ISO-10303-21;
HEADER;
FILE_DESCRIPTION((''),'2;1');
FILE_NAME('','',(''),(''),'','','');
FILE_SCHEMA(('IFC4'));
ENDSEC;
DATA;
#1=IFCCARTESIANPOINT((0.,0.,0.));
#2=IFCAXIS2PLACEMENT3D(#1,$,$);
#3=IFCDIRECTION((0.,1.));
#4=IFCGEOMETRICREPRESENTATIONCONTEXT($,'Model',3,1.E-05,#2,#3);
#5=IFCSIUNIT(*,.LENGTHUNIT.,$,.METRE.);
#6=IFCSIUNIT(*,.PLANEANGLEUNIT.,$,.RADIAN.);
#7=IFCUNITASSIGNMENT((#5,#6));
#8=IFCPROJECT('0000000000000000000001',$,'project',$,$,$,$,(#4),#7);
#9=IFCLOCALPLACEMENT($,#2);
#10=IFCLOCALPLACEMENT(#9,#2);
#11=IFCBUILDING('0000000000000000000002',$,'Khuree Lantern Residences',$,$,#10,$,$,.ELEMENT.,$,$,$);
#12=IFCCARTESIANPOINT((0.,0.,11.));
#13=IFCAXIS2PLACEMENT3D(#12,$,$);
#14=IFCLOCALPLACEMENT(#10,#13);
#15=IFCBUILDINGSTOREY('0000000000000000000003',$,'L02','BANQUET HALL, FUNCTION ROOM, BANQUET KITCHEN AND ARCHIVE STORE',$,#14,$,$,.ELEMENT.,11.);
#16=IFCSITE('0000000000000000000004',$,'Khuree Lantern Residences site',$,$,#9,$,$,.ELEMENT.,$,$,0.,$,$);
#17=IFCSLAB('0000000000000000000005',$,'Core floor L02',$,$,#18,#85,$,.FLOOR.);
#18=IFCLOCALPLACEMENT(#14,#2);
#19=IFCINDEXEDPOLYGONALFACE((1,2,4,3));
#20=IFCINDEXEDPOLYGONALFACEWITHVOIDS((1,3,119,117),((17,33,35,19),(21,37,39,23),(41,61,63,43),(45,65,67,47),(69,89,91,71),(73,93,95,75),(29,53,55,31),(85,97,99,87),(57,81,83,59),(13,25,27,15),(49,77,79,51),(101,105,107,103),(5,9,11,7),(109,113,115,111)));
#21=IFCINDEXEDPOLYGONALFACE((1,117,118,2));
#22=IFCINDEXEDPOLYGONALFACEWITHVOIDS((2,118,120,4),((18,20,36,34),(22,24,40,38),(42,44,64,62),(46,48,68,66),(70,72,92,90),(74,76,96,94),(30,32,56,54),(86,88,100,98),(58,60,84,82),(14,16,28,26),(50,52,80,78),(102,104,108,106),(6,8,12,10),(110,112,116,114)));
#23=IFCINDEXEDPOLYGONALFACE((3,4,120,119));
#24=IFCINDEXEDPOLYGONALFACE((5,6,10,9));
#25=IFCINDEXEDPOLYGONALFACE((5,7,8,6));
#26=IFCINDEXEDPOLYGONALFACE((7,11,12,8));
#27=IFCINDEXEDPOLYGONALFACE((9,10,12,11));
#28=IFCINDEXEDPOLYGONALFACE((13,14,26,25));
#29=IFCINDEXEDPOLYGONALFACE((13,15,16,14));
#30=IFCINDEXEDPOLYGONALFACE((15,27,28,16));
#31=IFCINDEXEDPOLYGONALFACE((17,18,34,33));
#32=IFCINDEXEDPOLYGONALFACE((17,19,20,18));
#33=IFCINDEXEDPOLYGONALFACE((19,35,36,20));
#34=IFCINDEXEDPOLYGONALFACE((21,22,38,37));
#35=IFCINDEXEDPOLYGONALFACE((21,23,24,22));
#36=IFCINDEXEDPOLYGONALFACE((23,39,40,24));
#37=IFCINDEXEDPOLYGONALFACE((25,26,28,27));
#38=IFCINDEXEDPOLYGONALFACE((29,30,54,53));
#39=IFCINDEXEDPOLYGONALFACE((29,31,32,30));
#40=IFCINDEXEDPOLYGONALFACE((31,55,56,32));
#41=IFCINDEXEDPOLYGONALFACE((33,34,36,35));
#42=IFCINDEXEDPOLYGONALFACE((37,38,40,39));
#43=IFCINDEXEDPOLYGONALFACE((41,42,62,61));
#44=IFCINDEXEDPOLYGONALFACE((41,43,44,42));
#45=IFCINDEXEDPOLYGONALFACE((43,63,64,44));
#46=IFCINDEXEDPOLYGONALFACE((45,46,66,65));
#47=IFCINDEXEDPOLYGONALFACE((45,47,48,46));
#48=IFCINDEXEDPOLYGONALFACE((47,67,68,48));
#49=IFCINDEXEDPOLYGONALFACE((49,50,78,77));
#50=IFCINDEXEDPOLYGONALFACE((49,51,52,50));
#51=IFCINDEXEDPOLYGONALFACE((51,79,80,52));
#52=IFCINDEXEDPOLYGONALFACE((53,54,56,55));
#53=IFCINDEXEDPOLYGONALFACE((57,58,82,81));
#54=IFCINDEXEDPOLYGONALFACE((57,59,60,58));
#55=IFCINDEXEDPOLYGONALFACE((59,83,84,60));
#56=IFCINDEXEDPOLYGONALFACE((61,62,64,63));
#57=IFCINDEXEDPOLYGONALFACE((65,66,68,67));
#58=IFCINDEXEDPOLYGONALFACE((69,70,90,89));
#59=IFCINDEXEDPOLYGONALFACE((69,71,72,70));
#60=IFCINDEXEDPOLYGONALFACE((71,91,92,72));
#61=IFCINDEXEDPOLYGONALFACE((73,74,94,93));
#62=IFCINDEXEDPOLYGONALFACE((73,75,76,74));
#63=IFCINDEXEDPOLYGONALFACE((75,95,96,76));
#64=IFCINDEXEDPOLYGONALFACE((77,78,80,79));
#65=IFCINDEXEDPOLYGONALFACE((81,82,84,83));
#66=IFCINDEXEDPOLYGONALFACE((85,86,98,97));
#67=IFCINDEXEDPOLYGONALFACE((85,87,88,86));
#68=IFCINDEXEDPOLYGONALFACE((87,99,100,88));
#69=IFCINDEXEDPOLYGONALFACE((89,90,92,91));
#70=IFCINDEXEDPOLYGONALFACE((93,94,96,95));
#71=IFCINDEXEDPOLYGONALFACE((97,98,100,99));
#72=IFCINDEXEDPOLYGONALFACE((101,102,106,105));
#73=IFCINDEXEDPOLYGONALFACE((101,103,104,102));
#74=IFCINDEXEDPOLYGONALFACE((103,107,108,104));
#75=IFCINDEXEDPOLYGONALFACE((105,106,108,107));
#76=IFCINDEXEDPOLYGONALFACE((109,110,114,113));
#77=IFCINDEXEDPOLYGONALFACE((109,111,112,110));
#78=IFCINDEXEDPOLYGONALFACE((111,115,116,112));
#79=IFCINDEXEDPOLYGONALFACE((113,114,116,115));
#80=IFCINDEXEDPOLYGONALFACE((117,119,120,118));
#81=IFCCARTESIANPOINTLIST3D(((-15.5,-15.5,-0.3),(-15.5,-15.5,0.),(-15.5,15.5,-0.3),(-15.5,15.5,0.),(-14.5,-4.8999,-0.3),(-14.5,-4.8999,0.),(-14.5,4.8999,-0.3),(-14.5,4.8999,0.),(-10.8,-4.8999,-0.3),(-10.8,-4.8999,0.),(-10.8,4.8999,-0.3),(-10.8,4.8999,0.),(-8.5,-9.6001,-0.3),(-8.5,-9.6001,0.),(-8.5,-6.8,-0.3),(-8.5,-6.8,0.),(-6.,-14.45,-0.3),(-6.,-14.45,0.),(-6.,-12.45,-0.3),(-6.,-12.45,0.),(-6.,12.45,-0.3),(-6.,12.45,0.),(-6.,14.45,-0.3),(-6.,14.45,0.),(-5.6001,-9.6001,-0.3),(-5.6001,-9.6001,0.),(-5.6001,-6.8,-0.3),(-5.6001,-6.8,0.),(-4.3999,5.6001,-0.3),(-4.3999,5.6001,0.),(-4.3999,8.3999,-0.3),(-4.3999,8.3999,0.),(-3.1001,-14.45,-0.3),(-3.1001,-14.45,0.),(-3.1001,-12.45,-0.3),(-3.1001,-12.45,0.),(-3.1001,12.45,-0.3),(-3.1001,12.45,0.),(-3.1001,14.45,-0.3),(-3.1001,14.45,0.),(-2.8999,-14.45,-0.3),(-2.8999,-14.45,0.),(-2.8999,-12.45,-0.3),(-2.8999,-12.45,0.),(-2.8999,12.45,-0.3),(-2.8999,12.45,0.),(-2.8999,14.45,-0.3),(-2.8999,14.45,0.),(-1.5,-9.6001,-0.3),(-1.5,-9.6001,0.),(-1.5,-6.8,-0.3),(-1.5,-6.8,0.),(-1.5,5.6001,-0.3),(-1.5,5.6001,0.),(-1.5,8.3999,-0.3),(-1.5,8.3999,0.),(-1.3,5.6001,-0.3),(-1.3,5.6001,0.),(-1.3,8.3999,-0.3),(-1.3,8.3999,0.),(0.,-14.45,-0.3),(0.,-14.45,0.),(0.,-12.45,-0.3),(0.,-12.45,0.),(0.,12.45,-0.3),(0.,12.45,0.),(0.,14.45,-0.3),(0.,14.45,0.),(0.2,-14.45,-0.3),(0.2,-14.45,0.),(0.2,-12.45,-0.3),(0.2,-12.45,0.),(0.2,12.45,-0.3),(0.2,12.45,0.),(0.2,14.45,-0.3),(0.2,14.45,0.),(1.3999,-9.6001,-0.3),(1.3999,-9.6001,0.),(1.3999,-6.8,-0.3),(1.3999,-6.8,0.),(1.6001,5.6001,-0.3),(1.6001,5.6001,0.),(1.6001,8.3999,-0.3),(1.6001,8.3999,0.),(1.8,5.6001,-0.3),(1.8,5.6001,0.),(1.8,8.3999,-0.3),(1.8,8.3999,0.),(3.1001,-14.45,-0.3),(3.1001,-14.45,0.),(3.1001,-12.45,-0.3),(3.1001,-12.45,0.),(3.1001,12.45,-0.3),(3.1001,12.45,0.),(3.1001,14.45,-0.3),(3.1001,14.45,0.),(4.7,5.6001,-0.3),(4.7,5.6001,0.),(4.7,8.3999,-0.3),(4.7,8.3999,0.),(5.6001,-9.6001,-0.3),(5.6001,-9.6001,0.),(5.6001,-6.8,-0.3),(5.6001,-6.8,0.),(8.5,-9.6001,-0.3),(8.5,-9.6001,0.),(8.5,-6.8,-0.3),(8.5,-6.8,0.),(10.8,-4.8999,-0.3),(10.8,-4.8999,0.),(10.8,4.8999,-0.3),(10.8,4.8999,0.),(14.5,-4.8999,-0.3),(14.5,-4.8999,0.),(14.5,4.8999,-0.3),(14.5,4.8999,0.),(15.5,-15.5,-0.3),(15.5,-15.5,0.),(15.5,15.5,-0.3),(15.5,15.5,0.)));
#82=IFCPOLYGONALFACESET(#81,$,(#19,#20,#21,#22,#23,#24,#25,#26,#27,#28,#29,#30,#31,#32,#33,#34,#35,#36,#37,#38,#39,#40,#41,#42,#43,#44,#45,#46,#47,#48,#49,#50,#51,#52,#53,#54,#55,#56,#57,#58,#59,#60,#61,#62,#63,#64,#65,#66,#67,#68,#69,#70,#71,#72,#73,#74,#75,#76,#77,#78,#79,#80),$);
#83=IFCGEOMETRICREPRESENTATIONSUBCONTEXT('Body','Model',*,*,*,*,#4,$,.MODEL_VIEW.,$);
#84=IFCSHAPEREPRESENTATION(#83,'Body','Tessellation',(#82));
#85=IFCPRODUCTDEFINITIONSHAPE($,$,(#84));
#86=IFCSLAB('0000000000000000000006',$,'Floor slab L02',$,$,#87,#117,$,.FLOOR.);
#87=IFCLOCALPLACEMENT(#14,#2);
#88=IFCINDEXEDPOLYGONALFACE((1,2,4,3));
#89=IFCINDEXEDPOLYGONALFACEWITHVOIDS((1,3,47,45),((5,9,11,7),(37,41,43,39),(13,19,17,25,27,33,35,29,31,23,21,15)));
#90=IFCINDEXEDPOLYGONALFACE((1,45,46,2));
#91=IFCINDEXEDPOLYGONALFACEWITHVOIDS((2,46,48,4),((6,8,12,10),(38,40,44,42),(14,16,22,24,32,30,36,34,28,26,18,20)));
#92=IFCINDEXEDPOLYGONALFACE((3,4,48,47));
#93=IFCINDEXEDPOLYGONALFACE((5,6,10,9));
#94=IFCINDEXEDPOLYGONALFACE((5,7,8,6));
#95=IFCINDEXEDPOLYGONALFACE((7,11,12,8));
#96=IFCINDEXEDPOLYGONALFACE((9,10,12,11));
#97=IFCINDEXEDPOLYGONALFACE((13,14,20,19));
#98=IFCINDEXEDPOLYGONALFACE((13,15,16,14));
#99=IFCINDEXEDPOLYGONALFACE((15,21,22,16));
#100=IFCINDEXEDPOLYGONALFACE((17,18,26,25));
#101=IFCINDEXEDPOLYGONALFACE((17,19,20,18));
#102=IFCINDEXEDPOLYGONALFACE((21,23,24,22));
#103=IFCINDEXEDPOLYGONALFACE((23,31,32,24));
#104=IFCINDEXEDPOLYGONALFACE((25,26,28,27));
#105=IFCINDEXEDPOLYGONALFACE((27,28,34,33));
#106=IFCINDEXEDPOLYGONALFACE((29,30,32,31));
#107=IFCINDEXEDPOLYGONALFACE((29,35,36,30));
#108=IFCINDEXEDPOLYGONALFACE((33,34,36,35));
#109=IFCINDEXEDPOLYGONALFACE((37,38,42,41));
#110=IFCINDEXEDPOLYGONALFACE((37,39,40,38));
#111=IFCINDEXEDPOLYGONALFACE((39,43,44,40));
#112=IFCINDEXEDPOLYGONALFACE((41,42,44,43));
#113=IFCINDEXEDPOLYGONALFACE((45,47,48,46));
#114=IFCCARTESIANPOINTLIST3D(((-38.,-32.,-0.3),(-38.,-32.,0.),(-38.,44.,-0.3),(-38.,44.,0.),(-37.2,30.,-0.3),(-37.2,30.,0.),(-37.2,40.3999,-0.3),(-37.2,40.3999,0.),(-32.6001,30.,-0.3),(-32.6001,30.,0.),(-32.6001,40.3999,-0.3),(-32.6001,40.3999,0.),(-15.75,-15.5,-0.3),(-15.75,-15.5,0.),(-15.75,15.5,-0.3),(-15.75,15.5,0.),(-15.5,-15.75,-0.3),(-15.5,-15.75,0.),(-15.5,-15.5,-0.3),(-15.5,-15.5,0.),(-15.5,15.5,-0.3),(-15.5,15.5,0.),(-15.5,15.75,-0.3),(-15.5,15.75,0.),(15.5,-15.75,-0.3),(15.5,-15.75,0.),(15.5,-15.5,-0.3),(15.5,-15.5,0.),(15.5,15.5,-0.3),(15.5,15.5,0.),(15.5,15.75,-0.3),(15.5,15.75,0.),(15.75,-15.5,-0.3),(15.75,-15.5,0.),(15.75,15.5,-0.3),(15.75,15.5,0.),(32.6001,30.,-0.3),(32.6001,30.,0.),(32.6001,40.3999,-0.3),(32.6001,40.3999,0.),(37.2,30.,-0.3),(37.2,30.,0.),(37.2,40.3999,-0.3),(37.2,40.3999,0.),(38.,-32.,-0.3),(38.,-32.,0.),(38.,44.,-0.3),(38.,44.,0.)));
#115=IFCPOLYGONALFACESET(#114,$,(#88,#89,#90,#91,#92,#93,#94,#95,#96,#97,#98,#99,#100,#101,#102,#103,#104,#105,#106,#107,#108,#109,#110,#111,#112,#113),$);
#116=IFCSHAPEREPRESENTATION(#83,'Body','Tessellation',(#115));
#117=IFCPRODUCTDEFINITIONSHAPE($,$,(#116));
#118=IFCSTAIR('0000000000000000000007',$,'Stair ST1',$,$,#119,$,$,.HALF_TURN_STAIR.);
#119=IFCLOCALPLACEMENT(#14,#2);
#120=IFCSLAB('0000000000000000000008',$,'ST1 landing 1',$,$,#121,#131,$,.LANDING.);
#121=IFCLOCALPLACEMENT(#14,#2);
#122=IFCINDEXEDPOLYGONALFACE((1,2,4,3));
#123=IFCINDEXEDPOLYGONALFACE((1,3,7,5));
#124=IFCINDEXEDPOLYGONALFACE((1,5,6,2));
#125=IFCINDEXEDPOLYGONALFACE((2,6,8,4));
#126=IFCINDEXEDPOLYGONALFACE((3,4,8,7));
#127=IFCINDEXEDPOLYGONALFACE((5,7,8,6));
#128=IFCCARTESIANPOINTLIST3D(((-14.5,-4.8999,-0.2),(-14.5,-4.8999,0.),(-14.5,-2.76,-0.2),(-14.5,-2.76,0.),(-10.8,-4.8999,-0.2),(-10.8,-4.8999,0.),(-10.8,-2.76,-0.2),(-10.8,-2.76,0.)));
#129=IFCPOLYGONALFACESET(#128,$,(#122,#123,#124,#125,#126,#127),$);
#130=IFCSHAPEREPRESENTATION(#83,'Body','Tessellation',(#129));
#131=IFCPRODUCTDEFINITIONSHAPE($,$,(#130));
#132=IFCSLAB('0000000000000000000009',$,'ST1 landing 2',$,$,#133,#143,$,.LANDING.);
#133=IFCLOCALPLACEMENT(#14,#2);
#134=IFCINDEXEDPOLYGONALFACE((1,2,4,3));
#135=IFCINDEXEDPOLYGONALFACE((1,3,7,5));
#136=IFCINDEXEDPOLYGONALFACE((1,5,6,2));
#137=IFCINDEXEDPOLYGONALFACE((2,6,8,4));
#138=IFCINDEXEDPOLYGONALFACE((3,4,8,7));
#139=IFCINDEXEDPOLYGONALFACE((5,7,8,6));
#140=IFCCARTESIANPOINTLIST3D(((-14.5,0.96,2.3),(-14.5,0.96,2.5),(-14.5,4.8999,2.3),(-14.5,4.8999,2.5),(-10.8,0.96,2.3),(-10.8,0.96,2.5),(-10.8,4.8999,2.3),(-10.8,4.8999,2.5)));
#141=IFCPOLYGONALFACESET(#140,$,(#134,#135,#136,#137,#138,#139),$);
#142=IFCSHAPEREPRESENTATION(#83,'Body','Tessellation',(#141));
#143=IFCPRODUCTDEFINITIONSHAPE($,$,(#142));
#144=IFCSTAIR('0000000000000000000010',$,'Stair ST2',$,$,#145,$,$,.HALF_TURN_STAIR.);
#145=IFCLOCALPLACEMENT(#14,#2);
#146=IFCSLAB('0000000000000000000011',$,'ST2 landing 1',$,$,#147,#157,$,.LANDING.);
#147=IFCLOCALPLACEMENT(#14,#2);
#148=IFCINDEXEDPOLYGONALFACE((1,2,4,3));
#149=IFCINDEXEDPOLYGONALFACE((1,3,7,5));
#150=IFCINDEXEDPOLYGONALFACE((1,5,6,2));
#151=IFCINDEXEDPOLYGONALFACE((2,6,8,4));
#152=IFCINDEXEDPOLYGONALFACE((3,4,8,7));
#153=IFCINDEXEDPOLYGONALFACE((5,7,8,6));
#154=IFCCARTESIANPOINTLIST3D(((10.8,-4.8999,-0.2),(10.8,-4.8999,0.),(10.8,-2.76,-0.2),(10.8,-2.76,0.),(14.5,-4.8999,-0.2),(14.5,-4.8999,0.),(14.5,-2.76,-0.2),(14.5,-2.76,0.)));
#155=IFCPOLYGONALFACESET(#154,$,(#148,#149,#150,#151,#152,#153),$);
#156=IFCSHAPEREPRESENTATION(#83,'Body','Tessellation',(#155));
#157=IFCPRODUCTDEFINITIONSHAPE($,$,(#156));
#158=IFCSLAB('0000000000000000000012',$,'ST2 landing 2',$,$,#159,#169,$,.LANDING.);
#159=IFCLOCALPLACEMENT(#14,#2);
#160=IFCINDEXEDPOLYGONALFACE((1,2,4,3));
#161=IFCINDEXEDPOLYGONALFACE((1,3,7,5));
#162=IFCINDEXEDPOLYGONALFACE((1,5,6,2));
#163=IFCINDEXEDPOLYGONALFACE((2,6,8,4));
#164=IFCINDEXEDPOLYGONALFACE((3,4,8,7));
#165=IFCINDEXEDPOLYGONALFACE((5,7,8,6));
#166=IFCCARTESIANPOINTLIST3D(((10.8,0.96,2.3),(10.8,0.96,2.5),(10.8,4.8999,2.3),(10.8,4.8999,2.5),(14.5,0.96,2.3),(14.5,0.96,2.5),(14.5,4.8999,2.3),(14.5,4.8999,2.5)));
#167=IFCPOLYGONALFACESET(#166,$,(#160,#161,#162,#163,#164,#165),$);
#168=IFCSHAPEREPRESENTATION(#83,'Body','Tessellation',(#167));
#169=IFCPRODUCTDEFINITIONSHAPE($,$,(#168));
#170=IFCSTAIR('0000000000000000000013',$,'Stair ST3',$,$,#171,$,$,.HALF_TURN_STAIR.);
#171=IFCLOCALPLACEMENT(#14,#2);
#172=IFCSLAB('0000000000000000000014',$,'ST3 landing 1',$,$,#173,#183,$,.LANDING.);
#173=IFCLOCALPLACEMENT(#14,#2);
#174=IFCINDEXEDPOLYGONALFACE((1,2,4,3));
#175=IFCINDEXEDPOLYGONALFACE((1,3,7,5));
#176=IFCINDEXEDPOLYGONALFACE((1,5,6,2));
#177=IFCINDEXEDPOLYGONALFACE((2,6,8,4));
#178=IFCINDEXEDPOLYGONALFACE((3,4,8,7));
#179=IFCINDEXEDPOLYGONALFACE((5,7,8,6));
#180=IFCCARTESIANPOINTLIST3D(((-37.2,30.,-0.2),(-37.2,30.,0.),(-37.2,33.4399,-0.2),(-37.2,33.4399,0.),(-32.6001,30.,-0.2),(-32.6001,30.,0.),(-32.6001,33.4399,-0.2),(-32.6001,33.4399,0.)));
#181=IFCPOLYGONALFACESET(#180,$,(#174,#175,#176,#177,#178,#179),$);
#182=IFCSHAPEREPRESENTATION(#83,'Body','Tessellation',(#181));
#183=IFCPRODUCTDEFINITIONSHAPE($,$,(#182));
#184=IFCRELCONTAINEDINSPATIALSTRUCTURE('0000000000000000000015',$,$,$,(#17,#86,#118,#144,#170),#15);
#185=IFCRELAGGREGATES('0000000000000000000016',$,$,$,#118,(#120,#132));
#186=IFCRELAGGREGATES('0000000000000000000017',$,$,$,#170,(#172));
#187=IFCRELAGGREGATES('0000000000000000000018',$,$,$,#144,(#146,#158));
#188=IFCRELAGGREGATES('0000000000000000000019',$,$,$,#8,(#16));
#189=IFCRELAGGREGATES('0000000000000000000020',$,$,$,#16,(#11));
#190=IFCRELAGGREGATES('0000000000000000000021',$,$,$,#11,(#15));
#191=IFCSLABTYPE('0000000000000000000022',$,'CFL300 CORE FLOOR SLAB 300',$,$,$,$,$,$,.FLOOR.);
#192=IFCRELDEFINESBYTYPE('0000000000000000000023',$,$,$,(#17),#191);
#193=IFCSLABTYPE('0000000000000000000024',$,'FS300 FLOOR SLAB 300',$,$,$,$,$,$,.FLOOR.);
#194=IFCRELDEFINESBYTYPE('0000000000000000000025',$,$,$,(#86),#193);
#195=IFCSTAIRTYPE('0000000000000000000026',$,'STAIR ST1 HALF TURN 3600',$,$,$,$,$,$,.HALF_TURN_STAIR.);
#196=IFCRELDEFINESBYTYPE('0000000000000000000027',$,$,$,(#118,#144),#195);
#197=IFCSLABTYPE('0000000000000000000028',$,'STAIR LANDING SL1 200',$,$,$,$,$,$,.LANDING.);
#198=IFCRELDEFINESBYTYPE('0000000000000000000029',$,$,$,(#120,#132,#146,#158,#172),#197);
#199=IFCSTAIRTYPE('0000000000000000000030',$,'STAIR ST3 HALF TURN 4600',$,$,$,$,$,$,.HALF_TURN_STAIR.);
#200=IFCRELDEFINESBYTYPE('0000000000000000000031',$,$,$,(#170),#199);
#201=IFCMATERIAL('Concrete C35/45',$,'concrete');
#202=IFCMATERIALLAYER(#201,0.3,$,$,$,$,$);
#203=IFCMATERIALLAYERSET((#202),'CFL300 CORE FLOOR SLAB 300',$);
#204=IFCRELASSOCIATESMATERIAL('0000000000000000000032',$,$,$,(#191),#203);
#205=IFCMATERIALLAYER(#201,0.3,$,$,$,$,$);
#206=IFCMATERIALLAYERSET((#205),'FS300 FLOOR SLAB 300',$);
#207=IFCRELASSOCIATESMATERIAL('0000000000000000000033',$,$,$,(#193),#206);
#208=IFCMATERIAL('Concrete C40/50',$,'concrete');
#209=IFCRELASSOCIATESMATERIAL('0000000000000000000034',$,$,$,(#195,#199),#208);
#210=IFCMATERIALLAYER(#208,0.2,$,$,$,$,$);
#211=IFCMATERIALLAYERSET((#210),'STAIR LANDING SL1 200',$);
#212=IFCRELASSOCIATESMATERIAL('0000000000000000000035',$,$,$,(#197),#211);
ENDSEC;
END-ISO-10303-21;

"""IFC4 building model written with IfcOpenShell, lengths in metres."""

from ifc_helpers import new_model, si_unit, direction, frame, origin, place, context, subcontext, project, spatial, polyline, outline, extrude, material, layer, layer_set, type_object, element, aggregate, save


model = new_model("IFC4")

# Units and contexts
model_context = context("Model", 3, precision=1e-05, world=origin(), true_north=direction((0.0, 1.0)))
body_context = subcontext(model_context, "Body", "Model", "MODEL_VIEW")
ifc_project = project(units=[si_unit("LENGTHUNIT", "METRE"), si_unit("PLANEANGLEUNIT", "RADIAN")], contexts=[model_context])

# Site, building, storey
site_placement = place(None, origin())
site = spatial("IfcSite", under=ifc_project, at=site_placement, Name="Khuree Lantern Residences site", CompositionType="ELEMENT", RefElevation=0.0)
building_placement = place(site_placement, origin())
building = spatial("IfcBuilding", under=site, at=building_placement, Name="Khuree Lantern Residences", CompositionType="ELEMENT")
storey_placement = place(building_placement, frame((0.0, 0.0, 11.0)))
storey = spatial("IfcBuildingStorey", under=building, at=storey_placement, Name="L02", Description="BANQUET HALL, FUNCTION ROOM, BANQUET KITCHEN AND ARCHIVE STORE", CompositionType="ELEMENT", Elevation=11.0)

# Slabs
ifc_material_1 = material(Name="Concrete C35/45", Category="concrete")
ifc_layer_1 = layer(ifc_material_1, 0.3)
ifc_layer_set_1 = layer_set([ifc_layer_1], Name="CFL300 CORE FLOOR SLAB 300")
slab_type_1 = type_object("IfcSlabType", Name="CFL300 CORE FLOOR SLAB 300", PredefinedType="FLOOR", material=ifc_layer_set_1)
slab_1_placement = place(storey_placement, frame((0.0, 0.0, -0.3)))
element("IfcSlab", 1, at=slab_1_placement, inside=storey, type_object=slab_type_1, Name="Core floor L02", PredefinedType="FLOOR", context=body_context, shape_type="SweptSolid", body=[
    extrude(outline(polyline([(-15.5, -15.5), (-15.5, 15.5), (15.5, 15.5), (15.5, -15.5), (-15.5, -15.5)]), holes=[polyline([(14.5, 4.8999), (10.8, 4.8999), (10.8, -4.8999), (14.5, -4.8999), (14.5, 4.8999)]), polyline([(8.5, -6.8), (5.6001, -6.8), (5.6001, -9.6001), (8.5, -9.6001), (8.5, -6.8)]), polyline([(4.7, 8.3999), (1.8, 8.3999), (1.8, 5.6001), (4.7, 5.6001), (4.7, 8.3999)]), polyline([(3.1001, -12.45), (0.2, -12.45), (0.2, -14.45), (3.1001, -14.45), (3.1001, -12.45)]), polyline([(3.1001, 14.45), (0.2, 14.45), (0.2, 12.45), (3.1001, 12.45), (3.1001, 14.45)]), polyline([(1.6001, 8.3999), (-1.3, 8.3999), (-1.3, 5.6001), (1.6001, 5.6001), (1.6001, 8.3999)]), polyline([(1.3999, -6.8), (-1.5, -6.8), (-1.5, -9.6001), (1.3999, -9.6001), (1.3999, -6.8)]), polyline([(0.0, -12.45), (-2.8999, -12.45), (-2.8999, -14.45), (0.0, -14.45), (0.0, -12.45)]), polyline([(0.0, 14.45), (-2.8999, 14.45), (-2.8999, 12.45), (0.0, 12.45), (0.0, 14.45)]), polyline([(-1.5, 8.3999), (-4.3999, 8.3999), (-4.3999, 5.6001), (-1.5, 5.6001), (-1.5, 8.3999)]), polyline([(-3.1001, -12.45), (-6.0, -12.45), (-6.0, -14.45), (-3.1001, -14.45), (-3.1001, -12.45)]), polyline([(-3.1001, 14.45), (-6.0, 14.45), (-6.0, 12.45), (-3.1001, 12.45), (-3.1001, 14.45)]), polyline([(-5.6001, -6.8), (-8.5, -6.8), (-8.5, -9.6001), (-5.6001, -9.6001), (-5.6001, -6.8)]), polyline([(-10.8, 4.8999), (-14.5, 4.8999), (-14.5, -4.8999), (-10.8, -4.8999), (-10.8, 4.8999)])]), origin(), (0.0, 0.0, 1.0), 0.3),
])
ifc_layer_2 = layer(ifc_material_1, 0.3)
ifc_layer_set_2 = layer_set([ifc_layer_2], Name="FS300 FLOOR SLAB 300")
slab_type_2 = type_object("IfcSlabType", Name="FS300 FLOOR SLAB 300", PredefinedType="FLOOR", material=ifc_layer_set_2)
slab_2_placement = place(storey_placement, frame((0.0, 0.0, -0.3)))
element("IfcSlab", 2, at=slab_2_placement, inside=storey, type_object=slab_type_2, Name="Floor slab L02", PredefinedType="FLOOR", context=body_context, shape_type="SweptSolid", body=[
    extrude(outline(polyline([(-38.0, 44.0), (38.0, 44.0), (38.0, -32.0), (-38.0, -32.0), (-38.0, 44.0)]), holes=[polyline([(37.2, 40.3999), (32.6001, 40.3999), (32.6001, 30.0), (37.2, 30.0), (37.2, 40.3999)]), polyline([(15.75, 15.5), (15.5, 15.5), (15.5, 15.75), (-15.5, 15.75), (-15.5, 15.5), (-15.75, 15.5), (-15.75, -15.5), (-15.5, -15.5), (-15.5, -15.75), (15.5, -15.75), (15.5, -15.5), (15.75, -15.5), (15.75, 15.5)]), polyline([(-32.6001, 40.3999), (-37.2, 40.3999), (-37.2, 30.0), (-32.6001, 30.0), (-32.6001, 40.3999)])]), origin(), (0.0, 0.0, 1.0), 0.3),
])

# Stairs, slabs
ifc_material_2 = material(Name="Concrete C40/50", Category="concrete")
stair_type_1 = type_object("IfcStairType", Name="STAIR ST1 HALF TURN 3600", PredefinedType="HALF_TURN_STAIR", material=ifc_material_2)
stair_1_placement = place(storey_placement, origin())
stair_1 = element("IfcStair", 3, at=stair_1_placement, inside=storey, type_object=stair_type_1, Name="Stair ST1", PredefinedType="HALF_TURN_STAIR")
ifc_layer_3 = layer(ifc_material_2, 0.2)
ifc_layer_set_3 = layer_set([ifc_layer_3], Name="STAIR LANDING SL1 200")
slab_type_3 = type_object("IfcSlabType", Name="STAIR LANDING SL1 200", PredefinedType="LANDING", material=ifc_layer_set_3)
slab_3_placement = place(storey_placement, frame((0.0, 0.0, -0.2)))
slab_3 = element("IfcSlab", 4, at=slab_3_placement, type_object=slab_type_3, Name="ST1 landing 1", PredefinedType="LANDING", context=body_context, shape_type="SweptSolid", body=[
    extrude(outline(polyline([(-14.5, -4.8999), (-10.8, -4.8999), (-10.8, -2.76), (-14.5, -2.76), (-14.5, -4.8999)])), origin(), (0.0, 0.0, 1.0), 0.2),
])
slab_4_placement = place(storey_placement, frame((0.0, 0.0, 2.3)))
slab_4 = element("IfcSlab", 5, at=slab_4_placement, type_object=slab_type_3, Name="ST1 landing 2", PredefinedType="LANDING", context=body_context, shape_type="SweptSolid", body=[
    extrude(outline(polyline([(-14.5, 0.96), (-14.5, 4.8999), (-10.8, 4.8999), (-10.8, 0.96), (-14.5, 0.96)])), origin(), (0.0, 0.0, 1.0), 0.2),
])
aggregate(stair_1, [slab_3, slab_4])
stair_2_placement = place(storey_placement, origin())
stair_2 = element("IfcStair", 6, at=stair_2_placement, inside=storey, type_object=stair_type_1, Name="Stair ST2", PredefinedType="HALF_TURN_STAIR")
slab_5_placement = place(storey_placement, frame((0.0, 0.0, -0.2)))
slab_5 = element("IfcSlab", 7, at=slab_5_placement, type_object=slab_type_3, Name="ST2 landing 1", PredefinedType="LANDING", context=body_context, shape_type="SweptSolid", body=[
    extrude(outline(polyline([(10.8, -4.8999), (14.5, -4.8999), (14.5, -2.76), (10.8, -2.76), (10.8, -4.8999)])), origin(), (0.0, 0.0, 1.0), 0.2),
])
slab_6_placement = place(storey_placement, frame((0.0, 0.0, 2.3)))
slab_6 = element("IfcSlab", 8, at=slab_6_placement, type_object=slab_type_3, Name="ST2 landing 2", PredefinedType="LANDING", context=body_context, shape_type="SweptSolid", body=[
    extrude(outline(polyline([(14.5, 4.8999), (14.5, 0.96), (10.8, 0.96), (10.8, 4.8999), (14.5, 4.8999)])), origin(), (0.0, 0.0, 1.0), 0.2),
])
stair_type_2 = type_object("IfcStairType", Name="STAIR ST3 HALF TURN 4600", PredefinedType="HALF_TURN_STAIR", material=ifc_material_2)
stair_3_placement = place(storey_placement, origin())
stair_3 = element("IfcStair", 9, at=stair_3_placement, inside=storey, type_object=stair_type_2, Name="Stair ST3", PredefinedType="HALF_TURN_STAIR")
slab_7_placement = place(storey_placement, frame((0.0, 0.0, -0.2)))
slab_7 = element("IfcSlab", 10, at=slab_7_placement, type_object=slab_type_3, Name="ST3 landing 1", PredefinedType="LANDING", context=body_context, shape_type="SweptSolid", body=[
    extrude(outline(polyline([(-37.2, 30.0), (-32.6001, 30.0), (-32.6001, 33.4399), (-37.2, 33.4399), (-37.2, 30.0)])), origin(), (0.0, 0.0, 1.0), 0.2),
])
aggregate(stair_3, [slab_7])

aggregate(stair_2, [slab_5, slab_6])

save(model, "model.ifc")
